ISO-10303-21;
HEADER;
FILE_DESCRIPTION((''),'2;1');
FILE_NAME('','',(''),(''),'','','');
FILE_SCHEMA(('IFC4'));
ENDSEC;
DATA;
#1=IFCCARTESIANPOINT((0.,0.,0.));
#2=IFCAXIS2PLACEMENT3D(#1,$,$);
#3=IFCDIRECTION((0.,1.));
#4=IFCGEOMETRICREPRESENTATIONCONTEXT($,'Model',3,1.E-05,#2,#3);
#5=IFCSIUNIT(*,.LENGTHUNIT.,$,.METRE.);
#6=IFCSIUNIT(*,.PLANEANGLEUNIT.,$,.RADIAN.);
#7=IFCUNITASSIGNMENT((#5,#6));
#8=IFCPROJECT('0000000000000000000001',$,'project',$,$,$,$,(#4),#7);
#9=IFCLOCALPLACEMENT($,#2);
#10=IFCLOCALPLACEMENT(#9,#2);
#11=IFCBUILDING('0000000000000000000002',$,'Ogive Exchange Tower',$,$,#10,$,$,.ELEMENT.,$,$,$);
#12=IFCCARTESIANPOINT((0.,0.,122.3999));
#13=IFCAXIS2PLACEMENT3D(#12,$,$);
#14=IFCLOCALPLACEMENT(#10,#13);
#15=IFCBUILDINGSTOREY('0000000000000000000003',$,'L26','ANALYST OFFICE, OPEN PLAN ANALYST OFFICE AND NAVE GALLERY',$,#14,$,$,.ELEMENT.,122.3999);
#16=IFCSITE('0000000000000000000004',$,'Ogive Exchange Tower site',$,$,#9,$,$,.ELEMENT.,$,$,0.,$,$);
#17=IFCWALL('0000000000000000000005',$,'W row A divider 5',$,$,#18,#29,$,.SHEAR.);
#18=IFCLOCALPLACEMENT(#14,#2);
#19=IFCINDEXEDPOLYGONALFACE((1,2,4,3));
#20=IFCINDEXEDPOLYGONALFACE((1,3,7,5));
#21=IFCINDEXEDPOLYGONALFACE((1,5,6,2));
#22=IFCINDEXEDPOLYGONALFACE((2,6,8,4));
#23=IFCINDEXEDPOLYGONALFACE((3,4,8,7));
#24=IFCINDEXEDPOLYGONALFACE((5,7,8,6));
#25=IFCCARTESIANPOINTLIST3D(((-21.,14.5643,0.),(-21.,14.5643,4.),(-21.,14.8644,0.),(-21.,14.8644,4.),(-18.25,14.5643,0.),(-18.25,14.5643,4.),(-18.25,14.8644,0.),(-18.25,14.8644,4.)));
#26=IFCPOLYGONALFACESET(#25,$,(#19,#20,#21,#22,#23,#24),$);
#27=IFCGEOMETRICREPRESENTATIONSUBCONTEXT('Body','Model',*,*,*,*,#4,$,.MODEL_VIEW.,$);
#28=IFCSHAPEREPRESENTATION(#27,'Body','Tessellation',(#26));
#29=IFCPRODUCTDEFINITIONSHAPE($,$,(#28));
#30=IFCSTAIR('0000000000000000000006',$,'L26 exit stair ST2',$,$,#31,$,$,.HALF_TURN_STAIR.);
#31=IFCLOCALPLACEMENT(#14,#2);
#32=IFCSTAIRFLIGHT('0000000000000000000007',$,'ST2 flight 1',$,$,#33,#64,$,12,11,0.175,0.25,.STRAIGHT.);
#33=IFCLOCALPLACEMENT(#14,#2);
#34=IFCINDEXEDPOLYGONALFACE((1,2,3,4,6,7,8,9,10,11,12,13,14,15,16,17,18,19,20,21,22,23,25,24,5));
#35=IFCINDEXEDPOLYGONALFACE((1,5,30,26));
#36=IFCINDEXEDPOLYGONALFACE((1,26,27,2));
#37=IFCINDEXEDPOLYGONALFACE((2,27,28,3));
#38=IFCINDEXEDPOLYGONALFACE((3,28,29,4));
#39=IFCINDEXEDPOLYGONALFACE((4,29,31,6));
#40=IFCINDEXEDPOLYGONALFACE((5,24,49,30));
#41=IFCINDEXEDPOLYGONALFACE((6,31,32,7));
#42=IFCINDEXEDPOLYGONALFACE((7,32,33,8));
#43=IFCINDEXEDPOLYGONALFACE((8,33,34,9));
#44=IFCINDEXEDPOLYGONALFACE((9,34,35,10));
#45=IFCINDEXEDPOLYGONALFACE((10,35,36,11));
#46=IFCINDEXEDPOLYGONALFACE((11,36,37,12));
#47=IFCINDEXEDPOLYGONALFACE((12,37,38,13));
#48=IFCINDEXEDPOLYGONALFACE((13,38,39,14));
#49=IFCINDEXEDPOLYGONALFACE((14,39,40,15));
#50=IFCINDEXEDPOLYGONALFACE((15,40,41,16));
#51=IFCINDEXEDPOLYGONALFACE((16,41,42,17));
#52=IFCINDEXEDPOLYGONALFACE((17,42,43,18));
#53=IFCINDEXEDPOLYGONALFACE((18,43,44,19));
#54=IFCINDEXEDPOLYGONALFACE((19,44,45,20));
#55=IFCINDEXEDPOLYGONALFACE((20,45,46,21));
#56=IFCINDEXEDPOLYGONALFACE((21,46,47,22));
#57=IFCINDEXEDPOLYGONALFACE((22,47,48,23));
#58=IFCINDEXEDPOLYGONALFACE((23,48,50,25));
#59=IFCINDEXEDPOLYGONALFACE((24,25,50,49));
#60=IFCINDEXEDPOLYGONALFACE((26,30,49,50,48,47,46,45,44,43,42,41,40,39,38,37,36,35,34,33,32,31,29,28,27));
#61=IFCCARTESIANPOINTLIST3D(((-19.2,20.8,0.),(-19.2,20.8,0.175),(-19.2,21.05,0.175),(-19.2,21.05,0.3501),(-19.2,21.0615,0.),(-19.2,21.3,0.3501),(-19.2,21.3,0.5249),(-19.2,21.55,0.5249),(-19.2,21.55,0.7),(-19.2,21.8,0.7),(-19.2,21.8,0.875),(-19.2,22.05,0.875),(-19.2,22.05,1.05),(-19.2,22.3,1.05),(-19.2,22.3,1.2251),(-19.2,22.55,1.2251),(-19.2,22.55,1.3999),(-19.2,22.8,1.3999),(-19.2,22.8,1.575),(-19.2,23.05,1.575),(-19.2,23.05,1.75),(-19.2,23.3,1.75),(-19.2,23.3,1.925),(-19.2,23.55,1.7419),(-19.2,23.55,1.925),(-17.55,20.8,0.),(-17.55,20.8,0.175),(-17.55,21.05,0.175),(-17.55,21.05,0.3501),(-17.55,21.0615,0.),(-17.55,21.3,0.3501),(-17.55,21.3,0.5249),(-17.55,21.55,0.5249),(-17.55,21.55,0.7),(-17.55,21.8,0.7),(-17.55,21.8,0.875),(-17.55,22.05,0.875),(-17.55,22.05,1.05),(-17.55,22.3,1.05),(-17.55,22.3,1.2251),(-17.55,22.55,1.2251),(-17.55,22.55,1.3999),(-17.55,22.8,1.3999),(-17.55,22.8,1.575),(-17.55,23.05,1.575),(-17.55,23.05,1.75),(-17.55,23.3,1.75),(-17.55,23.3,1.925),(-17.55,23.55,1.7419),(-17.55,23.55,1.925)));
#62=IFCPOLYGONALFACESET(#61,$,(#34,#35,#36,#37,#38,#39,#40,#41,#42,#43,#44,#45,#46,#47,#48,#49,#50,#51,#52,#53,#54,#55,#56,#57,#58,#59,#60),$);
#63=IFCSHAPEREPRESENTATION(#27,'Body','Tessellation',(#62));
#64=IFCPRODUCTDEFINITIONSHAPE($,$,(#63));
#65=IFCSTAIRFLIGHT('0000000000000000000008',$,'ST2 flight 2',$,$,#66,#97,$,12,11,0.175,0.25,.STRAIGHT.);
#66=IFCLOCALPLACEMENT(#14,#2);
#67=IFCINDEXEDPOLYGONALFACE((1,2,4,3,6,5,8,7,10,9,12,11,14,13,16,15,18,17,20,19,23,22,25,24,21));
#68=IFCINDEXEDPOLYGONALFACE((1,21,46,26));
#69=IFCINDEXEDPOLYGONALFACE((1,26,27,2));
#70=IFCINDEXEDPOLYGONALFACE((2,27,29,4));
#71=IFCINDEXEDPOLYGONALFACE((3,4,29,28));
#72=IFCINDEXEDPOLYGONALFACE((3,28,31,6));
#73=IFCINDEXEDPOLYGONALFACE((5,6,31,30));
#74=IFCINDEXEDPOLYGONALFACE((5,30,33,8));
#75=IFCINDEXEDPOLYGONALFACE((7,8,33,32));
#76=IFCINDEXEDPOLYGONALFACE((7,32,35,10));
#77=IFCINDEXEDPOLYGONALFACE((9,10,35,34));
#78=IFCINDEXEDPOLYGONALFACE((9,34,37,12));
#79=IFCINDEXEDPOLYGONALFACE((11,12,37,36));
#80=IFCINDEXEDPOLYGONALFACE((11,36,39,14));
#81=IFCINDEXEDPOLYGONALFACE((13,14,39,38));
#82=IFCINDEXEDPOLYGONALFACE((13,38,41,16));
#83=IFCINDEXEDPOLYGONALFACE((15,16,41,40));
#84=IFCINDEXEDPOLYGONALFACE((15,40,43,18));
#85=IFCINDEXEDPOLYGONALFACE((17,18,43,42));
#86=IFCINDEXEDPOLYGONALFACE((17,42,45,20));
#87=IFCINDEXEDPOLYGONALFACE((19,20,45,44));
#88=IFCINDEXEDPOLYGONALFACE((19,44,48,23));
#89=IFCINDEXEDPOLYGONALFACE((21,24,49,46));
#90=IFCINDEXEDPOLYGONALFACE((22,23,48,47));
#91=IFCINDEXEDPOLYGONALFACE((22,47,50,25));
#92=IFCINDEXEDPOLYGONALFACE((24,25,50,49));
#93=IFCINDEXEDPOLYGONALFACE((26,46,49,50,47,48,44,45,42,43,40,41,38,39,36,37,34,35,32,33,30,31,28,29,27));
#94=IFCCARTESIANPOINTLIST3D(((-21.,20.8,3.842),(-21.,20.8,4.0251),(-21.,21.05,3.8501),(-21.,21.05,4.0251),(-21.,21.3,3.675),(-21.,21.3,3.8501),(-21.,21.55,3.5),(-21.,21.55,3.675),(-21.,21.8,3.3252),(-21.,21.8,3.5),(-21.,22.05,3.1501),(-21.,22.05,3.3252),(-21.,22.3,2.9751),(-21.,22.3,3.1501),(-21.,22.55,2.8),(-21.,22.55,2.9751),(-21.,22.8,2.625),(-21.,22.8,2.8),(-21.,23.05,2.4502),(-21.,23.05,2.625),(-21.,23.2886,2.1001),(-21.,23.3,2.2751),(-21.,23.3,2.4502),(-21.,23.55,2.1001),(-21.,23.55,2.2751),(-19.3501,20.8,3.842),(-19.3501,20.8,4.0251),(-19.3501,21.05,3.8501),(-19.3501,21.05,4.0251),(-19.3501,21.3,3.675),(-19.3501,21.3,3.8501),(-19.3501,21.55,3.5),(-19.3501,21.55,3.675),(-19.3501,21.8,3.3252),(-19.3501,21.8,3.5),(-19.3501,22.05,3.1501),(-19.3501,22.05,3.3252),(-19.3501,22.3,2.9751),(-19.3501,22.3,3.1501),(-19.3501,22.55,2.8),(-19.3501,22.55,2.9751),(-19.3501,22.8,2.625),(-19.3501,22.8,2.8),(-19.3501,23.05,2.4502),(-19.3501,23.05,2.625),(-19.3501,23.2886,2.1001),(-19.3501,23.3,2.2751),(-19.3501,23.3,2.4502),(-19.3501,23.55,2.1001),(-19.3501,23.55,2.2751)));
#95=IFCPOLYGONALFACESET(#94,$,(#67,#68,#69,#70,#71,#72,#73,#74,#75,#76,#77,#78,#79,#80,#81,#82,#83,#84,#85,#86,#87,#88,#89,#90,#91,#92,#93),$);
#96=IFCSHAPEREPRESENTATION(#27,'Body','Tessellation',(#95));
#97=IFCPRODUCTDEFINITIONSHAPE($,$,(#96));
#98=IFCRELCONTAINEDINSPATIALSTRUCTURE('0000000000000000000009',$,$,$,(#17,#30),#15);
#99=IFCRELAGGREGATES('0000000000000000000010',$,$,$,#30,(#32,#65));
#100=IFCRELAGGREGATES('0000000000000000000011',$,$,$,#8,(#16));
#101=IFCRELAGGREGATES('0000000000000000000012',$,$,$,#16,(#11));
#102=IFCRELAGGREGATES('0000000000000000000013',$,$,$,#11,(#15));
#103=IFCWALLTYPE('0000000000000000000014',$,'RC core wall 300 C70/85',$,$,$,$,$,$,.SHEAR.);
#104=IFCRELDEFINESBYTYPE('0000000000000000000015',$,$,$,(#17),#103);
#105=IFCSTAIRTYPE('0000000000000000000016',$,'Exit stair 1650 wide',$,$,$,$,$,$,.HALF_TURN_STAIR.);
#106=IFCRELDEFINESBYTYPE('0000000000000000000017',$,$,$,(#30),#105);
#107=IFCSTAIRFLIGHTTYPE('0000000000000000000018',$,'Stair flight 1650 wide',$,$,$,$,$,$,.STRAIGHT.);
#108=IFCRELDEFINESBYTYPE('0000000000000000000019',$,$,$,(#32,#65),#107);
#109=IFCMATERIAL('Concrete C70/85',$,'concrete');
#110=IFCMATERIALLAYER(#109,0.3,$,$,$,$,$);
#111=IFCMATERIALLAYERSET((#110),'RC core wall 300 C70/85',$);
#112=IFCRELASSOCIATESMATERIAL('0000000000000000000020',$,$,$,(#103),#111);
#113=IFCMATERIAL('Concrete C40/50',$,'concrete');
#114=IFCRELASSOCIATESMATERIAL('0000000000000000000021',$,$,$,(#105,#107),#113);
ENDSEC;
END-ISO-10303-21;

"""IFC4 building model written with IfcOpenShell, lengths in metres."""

from ifc_helpers import new_model, si_unit, direction, frame, frame_2d, origin, place, context, subcontext, project, spatial, polyline, rectangle, outline, extrude, material, layer, layer_set, type_object, element, aggregate, save


model = new_model("IFC4")

# Units and contexts
model_context = context("Model", 3, precision=1e-05, world=origin(), true_north=direction((0.0, 1.0)))
body_context = subcontext(model_context, "Body", "Model", "MODEL_VIEW")
ifc_project = project(units=[si_unit("LENGTHUNIT", "METRE"), si_unit("PLANEANGLEUNIT", "RADIAN")], contexts=[model_context])

# Site, building, storey
site_placement = place(None, origin())
site = spatial("IfcSite", under=ifc_project, at=site_placement, Name="Ogive Exchange Tower site", CompositionType="ELEMENT", RefElevation=0.0)
building_placement = place(site_placement, origin())
building = spatial("IfcBuilding", under=site, at=building_placement, Name="Ogive Exchange Tower", CompositionType="ELEMENT")
storey_placement = place(building_placement, frame((0.0, 0.0, 122.3999)))
storey = spatial("IfcBuildingStorey", under=building, at=storey_placement, Name="L26", Description="ANALYST OFFICE, OPEN PLAN ANALYST OFFICE AND NAVE GALLERY", CompositionType="ELEMENT", Elevation=122.3999)

# Shared definitions
ifc_material_1 = material(Name="Concrete C70/85", Category="concrete")

# Wall
ifc_layer_1 = layer(ifc_material_1, 0.3)
ifc_layer_set_1 = layer_set([ifc_layer_1], Name="RC core wall 300 C70/85")
wall_type_1 = type_object("IfcWallType", Name="RC core wall 300 C70/85", PredefinedType="SHEAR", material=ifc_layer_set_1)
for number, where, z_axis, x_axis, name in (
    (1, (-21.0, 14.7144, 0.0), (0.0, 0.0, 1.0), (1.0, 0.0, 0.0), "W row A divider 5"),
):
    element("IfcWall", number, at=place(storey_placement, frame(where, z_axis=z_axis, x_axis=x_axis)), inside=storey, type_object=wall_type_1, Name=name, PredefinedType="SHEAR", context=body_context, shape_type="SweptSolid", body=[
        extrude(rectangle(XDim=2.75, YDim=0.3, at=frame_2d((1.375, 0.0))), origin(), (0.0, 0.0, 1.0), 4.0),
    ])

# Stair, stair flights
ifc_material_2 = material(Name="Concrete C40/50", Category="concrete")
stair_type = type_object("IfcStairType", Name="Exit stair 1650 wide", PredefinedType="HALF_TURN_STAIR", material=ifc_material_2)
stair_placement = place(storey_placement, origin())
stair = element("IfcStair", 2, at=stair_placement, inside=storey, type_object=stair_type, Name="L26 exit stair ST2", PredefinedType="HALF_TURN_STAIR")
stair_flight_type = type_object("IfcStairFlightType", Name="Stair flight 1650 wide", PredefinedType="STRAIGHT", material=ifc_material_2)
stair_flight_1_placement = place(storey_placement, frame((-18.375, 20.8, 0.0), z_axis=(0.0, 0.0, 1.0), x_axis=(0.0, 1.0, 0.0)))
stair_flight_1 = element("IfcStairFlight", 3, at=stair_flight_1_placement, type_object=stair_flight_type, Name="ST2 flight 1", NumberOfRisers=12, NumberOfTreads=11, PredefinedType="STRAIGHT", RiserHeight=0.175, TreadLength=0.25, context=body_context, shape_type="SweptSolid", body=[
    extrude(outline(polyline([(0.0, 0.0), (0.0, 0.175), (0.25, 0.175), (0.25, 0.3501), (0.5, 0.3501), (0.5, 0.5249), (0.75, 0.5249), (0.75, 0.7), (1.0, 0.7), (1.0, 0.875), (1.25, 0.875), (1.25, 1.05), (1.5, 1.05), (1.5, 1.2251), (1.75, 1.2251), (1.75, 1.3999), (2.0, 1.3999), (2.0, 1.575), (2.25, 1.575), (2.25, 1.75), (2.5, 1.75), (2.5, 1.925), (2.75, 1.925), (2.75, 2.1001), (2.75, 1.7419), (0.2615, 0.0), (0.0, 0.0)])), frame((0.0, 0.825, 0.0), z_axis=(0.0, -1.0, 0.0), x_axis=(1.0, 0.0, 0.0)), (0.0, 0.0, 1.0), 1.6499),
])
stair_flight_2_placement = place(storey_placement, frame((-20.175, 23.55, 2.1001), z_axis=(0.0, 0.0, 1.0), x_axis=(0.0, -1.0, 0.0)))
stair_flight_2 = element("IfcStairFlight", 4, at=stair_flight_2_placement, type_object=stair_flight_type, Name="ST2 flight 2", NumberOfRisers=12, NumberOfTreads=11, PredefinedType="STRAIGHT", RiserHeight=0.175, TreadLength=0.25, context=body_context, shape_type="SweptSolid", body=[
    extrude(outline(polyline([(0.0, 0.0), (0.0, 0.175), (0.25, 0.175), (0.25, 0.3501), (0.5, 0.3501), (0.5, 0.5249), (0.75, 0.5249), (0.75, 0.7), (1.0, 0.7), (1.0, 0.875), (1.25, 0.875), (1.25, 1.05), (1.5, 1.05), (1.5, 1.2251), (1.75, 1.2251), (1.75, 1.3999), (2.0, 1.3999), (2.0, 1.575), (2.25, 1.575), (2.25, 1.75), (2.5, 1.75), (2.5, 1.925), (2.75, 1.925), (2.75, 2.1001), (2.75, 1.7419), (0.2615, 0.0), (0.0, 0.0)])), frame((0.0, 0.825, 0.0), z_axis=(0.0, -1.0, 0.0), x_axis=(1.0, 0.0, 0.0)), (0.0, 0.0, 1.0), 1.6499),
])
aggregate(stair, [stair_flight_1, stair_flight_2])

save(model, "model.ifc")
